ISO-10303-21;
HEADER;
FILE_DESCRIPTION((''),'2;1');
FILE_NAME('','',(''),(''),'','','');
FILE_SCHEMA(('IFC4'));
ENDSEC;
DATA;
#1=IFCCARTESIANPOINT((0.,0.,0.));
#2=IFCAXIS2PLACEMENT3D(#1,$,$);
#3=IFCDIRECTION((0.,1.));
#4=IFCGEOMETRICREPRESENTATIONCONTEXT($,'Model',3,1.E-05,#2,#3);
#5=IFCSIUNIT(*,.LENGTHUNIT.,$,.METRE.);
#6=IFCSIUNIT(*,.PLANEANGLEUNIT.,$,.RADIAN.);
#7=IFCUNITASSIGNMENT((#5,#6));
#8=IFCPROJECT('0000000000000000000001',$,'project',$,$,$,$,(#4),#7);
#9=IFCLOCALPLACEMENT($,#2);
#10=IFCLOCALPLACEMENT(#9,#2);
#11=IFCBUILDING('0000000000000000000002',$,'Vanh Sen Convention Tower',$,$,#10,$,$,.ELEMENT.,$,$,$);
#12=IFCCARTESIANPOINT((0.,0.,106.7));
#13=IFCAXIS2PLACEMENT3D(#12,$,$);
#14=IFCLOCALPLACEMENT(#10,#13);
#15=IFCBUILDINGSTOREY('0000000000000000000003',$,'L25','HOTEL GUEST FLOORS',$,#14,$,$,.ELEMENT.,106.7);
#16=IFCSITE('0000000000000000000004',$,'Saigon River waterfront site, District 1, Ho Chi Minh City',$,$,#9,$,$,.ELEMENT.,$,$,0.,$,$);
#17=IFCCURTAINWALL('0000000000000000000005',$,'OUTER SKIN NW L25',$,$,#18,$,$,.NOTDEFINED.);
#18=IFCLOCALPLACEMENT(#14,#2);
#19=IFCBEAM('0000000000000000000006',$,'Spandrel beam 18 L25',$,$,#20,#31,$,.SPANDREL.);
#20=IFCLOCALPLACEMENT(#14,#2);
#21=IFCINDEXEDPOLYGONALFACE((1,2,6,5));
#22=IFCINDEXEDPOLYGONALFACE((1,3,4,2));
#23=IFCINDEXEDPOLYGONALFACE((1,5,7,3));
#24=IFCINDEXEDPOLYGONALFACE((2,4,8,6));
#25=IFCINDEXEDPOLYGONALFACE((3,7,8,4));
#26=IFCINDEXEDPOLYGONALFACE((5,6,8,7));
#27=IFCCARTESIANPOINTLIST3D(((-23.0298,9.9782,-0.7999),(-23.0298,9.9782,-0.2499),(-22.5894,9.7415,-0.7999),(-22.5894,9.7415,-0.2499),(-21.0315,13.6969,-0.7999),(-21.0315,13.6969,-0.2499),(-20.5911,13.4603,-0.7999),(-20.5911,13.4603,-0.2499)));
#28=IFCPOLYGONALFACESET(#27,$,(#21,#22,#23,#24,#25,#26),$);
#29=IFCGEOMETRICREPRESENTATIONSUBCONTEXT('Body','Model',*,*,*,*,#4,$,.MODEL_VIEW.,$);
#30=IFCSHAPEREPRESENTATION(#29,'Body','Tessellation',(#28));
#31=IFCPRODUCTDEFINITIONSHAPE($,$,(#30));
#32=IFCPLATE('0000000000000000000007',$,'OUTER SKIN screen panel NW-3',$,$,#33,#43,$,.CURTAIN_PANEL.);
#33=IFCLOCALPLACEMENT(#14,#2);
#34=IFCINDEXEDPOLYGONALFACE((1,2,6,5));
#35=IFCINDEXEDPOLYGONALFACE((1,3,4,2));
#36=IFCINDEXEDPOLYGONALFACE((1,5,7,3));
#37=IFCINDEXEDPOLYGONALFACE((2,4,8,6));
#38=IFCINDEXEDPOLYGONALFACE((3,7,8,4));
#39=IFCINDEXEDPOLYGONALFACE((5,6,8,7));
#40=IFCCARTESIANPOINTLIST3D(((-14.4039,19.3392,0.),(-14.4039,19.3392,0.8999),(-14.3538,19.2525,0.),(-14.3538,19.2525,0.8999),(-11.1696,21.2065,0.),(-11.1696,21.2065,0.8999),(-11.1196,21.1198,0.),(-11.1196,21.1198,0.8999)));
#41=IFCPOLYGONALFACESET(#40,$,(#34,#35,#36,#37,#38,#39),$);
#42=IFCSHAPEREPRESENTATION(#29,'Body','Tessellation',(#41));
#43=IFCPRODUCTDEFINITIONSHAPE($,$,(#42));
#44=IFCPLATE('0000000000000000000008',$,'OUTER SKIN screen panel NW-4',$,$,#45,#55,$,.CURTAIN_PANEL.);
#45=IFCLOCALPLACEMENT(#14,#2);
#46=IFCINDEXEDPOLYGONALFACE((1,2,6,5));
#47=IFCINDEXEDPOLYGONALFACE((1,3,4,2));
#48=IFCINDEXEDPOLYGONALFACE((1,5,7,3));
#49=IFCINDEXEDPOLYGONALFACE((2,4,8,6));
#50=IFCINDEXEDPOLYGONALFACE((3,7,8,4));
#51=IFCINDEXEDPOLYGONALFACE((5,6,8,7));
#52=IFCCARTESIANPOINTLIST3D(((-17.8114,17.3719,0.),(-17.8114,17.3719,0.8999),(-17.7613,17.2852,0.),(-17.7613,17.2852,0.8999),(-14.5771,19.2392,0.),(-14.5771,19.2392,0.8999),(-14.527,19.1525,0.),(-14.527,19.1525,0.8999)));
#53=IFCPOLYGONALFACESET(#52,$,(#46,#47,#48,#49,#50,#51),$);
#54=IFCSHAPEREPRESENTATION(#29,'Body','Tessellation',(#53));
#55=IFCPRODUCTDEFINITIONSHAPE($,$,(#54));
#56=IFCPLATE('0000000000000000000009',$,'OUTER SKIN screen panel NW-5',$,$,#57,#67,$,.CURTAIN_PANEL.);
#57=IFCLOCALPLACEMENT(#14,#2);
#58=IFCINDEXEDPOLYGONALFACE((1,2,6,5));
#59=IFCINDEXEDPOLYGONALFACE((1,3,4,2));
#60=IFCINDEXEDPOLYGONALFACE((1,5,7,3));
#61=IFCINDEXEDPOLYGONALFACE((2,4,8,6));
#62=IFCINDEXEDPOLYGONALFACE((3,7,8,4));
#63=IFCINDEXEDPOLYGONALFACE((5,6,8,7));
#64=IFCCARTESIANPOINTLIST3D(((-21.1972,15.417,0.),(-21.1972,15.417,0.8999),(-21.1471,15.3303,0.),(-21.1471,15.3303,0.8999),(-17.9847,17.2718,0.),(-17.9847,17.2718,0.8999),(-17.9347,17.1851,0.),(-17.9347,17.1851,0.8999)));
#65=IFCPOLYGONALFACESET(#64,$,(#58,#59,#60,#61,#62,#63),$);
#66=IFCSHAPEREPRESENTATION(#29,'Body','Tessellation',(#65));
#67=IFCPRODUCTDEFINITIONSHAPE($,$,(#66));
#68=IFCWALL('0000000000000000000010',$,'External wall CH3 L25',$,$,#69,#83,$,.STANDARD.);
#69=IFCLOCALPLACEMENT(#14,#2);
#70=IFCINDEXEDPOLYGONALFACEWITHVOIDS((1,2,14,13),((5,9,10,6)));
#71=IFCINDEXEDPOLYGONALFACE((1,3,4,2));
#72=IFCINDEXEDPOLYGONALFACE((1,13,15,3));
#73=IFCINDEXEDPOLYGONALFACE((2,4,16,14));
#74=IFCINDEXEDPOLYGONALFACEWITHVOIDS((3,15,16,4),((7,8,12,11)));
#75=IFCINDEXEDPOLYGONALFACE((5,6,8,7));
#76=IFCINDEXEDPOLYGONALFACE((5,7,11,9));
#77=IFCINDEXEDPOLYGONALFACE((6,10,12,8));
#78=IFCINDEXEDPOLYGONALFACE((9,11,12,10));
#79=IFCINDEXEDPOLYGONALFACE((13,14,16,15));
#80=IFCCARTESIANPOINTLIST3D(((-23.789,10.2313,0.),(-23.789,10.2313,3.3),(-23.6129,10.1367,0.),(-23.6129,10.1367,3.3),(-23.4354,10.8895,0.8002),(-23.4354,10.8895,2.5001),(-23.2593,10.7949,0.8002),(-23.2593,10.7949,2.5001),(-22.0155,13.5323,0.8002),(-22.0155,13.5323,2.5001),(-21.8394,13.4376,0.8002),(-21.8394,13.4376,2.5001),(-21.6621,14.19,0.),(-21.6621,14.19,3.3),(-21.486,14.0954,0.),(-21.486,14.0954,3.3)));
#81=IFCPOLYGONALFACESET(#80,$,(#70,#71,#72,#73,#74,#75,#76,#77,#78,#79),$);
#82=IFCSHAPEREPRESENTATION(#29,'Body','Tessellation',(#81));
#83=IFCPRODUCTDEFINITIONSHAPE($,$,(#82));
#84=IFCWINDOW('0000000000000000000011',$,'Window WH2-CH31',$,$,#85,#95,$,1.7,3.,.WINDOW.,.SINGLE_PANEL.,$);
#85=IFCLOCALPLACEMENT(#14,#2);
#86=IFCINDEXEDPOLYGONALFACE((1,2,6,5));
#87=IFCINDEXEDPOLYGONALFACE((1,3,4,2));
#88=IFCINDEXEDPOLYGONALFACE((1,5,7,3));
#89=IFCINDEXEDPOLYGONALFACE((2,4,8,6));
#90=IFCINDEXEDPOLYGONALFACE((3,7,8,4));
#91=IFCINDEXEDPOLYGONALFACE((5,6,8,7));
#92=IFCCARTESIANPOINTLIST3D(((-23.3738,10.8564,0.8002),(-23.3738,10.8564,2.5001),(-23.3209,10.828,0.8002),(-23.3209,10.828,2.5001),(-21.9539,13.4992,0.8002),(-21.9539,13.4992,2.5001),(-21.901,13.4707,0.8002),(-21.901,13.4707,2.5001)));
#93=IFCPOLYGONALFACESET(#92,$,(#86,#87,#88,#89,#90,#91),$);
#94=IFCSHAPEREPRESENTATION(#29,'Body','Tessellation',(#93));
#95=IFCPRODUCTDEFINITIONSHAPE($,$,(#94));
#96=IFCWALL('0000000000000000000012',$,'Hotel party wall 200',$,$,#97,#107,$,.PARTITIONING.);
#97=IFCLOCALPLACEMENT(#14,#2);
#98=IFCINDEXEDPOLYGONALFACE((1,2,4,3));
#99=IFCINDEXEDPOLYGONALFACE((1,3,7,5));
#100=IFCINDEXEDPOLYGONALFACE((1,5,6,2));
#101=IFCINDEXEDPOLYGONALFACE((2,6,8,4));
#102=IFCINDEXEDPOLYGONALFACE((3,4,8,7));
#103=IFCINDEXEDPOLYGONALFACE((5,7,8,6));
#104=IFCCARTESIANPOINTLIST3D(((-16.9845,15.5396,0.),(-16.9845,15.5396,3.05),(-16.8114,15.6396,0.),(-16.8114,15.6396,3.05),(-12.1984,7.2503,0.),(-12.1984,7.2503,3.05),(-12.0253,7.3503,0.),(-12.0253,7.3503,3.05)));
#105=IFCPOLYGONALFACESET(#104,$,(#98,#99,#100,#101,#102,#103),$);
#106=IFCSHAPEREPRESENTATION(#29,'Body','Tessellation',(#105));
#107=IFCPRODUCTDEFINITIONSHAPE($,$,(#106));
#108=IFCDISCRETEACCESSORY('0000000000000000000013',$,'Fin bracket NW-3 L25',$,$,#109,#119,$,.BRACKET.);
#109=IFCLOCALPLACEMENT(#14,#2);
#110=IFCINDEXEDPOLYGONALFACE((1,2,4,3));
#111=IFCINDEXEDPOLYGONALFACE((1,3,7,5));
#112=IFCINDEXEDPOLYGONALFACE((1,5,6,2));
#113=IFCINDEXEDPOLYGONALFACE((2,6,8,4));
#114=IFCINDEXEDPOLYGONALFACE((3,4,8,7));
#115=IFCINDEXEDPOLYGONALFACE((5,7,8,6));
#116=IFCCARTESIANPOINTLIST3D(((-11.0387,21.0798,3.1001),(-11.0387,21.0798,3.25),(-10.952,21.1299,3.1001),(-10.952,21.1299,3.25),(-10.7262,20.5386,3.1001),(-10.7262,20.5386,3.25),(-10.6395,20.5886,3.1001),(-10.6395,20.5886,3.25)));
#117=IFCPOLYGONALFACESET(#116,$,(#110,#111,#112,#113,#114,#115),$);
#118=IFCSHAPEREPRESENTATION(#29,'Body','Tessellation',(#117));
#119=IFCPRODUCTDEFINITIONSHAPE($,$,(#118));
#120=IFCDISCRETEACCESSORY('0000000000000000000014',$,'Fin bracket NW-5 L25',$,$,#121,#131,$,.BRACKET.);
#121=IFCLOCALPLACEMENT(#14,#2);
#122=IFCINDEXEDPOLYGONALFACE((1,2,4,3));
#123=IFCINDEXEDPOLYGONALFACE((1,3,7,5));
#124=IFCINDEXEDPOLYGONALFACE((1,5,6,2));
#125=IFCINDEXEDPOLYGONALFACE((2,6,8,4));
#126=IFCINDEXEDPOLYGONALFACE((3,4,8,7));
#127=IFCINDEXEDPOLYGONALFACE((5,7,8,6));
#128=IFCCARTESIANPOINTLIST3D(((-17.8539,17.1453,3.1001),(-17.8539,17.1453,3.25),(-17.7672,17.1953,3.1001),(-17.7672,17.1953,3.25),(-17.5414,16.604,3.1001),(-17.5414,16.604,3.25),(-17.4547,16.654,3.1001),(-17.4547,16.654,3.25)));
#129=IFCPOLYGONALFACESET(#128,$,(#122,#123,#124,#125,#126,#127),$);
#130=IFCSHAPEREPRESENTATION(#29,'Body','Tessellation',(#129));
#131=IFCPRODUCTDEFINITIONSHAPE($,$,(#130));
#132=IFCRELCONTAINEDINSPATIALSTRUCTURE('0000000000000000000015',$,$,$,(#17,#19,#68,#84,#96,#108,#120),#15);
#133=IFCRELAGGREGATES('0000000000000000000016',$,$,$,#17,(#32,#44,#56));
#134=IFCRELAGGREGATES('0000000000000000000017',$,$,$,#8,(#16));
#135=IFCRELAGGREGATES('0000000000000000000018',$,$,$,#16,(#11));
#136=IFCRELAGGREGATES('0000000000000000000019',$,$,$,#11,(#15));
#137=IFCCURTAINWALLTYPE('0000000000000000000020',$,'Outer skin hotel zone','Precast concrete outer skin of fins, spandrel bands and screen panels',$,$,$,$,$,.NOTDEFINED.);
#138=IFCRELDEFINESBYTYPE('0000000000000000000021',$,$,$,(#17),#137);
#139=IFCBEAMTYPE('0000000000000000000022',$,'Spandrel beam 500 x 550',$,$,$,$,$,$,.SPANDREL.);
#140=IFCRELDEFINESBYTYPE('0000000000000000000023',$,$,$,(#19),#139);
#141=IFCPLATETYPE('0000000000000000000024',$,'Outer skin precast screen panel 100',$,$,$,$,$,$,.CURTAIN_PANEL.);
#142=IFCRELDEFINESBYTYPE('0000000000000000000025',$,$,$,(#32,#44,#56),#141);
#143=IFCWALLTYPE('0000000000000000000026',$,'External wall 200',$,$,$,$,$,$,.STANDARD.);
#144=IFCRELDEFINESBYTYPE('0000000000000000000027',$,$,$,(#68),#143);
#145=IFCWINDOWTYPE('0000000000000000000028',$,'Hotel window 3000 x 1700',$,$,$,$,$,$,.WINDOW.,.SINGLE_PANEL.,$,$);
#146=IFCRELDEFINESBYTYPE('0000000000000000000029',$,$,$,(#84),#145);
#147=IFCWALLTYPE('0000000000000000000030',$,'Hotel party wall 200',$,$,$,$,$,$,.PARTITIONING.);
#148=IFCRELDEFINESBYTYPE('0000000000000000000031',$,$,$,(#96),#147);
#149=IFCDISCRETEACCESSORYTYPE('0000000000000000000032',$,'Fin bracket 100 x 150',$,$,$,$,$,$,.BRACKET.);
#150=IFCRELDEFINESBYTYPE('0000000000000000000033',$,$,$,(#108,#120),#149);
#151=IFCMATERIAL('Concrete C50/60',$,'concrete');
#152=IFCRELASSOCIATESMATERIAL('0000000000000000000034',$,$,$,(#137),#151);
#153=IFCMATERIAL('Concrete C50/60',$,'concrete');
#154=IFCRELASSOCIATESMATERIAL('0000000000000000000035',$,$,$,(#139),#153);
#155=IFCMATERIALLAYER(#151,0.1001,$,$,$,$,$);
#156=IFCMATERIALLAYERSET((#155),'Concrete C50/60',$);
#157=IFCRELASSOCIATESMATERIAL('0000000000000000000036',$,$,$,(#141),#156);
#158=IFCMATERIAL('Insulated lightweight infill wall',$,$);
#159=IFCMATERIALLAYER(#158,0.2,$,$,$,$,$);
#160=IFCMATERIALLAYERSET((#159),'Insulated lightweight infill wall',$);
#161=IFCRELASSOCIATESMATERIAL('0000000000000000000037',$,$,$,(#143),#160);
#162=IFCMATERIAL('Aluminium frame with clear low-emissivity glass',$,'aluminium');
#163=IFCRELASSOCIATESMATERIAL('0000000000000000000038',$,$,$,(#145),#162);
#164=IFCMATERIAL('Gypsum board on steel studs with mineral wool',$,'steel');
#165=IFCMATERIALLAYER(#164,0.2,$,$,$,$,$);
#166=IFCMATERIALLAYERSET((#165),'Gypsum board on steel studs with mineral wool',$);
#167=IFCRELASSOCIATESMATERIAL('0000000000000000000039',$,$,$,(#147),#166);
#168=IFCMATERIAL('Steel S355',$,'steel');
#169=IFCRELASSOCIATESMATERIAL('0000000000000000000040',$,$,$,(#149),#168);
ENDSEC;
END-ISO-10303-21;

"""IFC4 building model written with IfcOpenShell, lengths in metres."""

from ifc_helpers import new_model, si_unit, direction, frame, frame_2d, origin, origin_2d, place, context, subcontext, project, spatial, rectangle, extrude, material, layer, layer_set, material_profile, profile_set, type_object, element, fill, aggregate, save


model = new_model("IFC4")

# Units and contexts
model_context = context("Model", 3, precision=1e-05, world=origin(), true_north=direction((0.0, 1.0)))
body_context = subcontext(model_context, "Body", "Model", "MODEL_VIEW")
ifc_project = project(units=[si_unit("LENGTHUNIT", "METRE"), si_unit("PLANEANGLEUNIT", "RADIAN")], contexts=[model_context])

# Site, building, storey
site_placement = place(None, origin())
site = spatial("IfcSite", under=ifc_project, at=site_placement, Name="Saigon River waterfront site, District 1, Ho Chi Minh City", CompositionType="ELEMENT", RefElevation=0.0)
building_placement = place(site_placement, origin())
building = spatial("IfcBuilding", under=site, at=building_placement, Name="Vanh Sen Convention Tower", CompositionType="ELEMENT")
storey_placement = place(building_placement, frame((0.0, 0.0, 106.7)))
storey = spatial("IfcBuildingStorey", under=building, at=storey_placement, Name="L25", Description="HOTEL GUEST FLOORS", CompositionType="ELEMENT", Elevation=106.7)

# Curtain wall
ifc_material_1 = material(Name="Concrete C50/60", Category="concrete")
curtain_wall_type = type_object("IfcCurtainWallType", Name="Outer skin hotel zone", Description="Precast concrete outer skin of fins, spandrel bands and screen panels", PredefinedType="NOTDEFINED", material=ifc_material_1)
curtain_wall_1_placement = place(storey_placement, origin())
curtain_wall_1 = element("IfcCurtainWall", 1, at=curtain_wall_1_placement, inside=storey, type_object=curtain_wall_type, Name="OUTER SKIN NW L25", PredefinedType="NOTDEFINED")

# Beam
ifc_material_2 = material(Name="Concrete C50/60", Category="concrete")
ifc_material_profile_1 = material_profile(ifc_material_2, rectangle(XDim=0.5, YDim=0.55, at=origin_2d()), Name="RC 500X550")
ifc_profile_set_1 = profile_set([ifc_material_profile_1], Name="Concrete C50/60")
beam_type_1 = type_object("IfcBeamType", Name="Spandrel beam 500 x 550", PredefinedType="SPANDREL", material=ifc_profile_set_1)
beam_1_placement = place(storey_placement, frame((-20.8113, 13.5786, -0.5249), z_axis=(-0.473344, -0.880877, 0.0), x_axis=(0.880877, -0.473344, 0.0)))
element("IfcBeam", 2, at=beam_1_placement, inside=storey, type_object=beam_type_1, Name="Spandrel beam 18 L25", PredefinedType="SPANDREL", context=body_context, shape_type="SweptSolid", body=[
    extrude(rectangle(XDim=0.5, YDim=0.55, at=origin_2d()), origin(), (0.0, 0.0, 1.0), 4.2217),
])

# Plates
ifc_layer_1 = layer(ifc_material_1, 0.1001)
ifc_layer_set_1 = layer_set([ifc_layer_1], Name="Concrete C50/60")
plate_type = type_object("IfcPlateType", Name="Outer skin precast screen panel 100", PredefinedType="CURTAIN_PANEL", material=ifc_layer_set_1)
plate_1_placement = place(storey_placement, frame((-12.7617, 20.2295, 0.0), z_axis=(0.0, 0.0, 1.0), x_axis=(-0.866028, -0.499995, 0.0)))
plate_1 = element("IfcPlate", 3, at=plate_1_placement, type_object=plate_type, Name="OUTER SKIN screen panel NW-3", PredefinedType="CURTAIN_PANEL", context=body_context, shape_type="SweptSolid", body=[
    extrude(rectangle(XDim=3.7346, YDim=0.1001, at=origin_2d()), origin(), (0.0, 0.0, 1.0), 0.8999),
])
plate_2_placement = place(storey_placement, frame((-16.1692, 18.2622, 0.0), z_axis=(0.0, 0.0, 1.0), x_axis=(-0.866028, -0.499995, 0.0)))
plate_2 = element("IfcPlate", 4, at=plate_2_placement, type_object=plate_type, Name="OUTER SKIN screen panel NW-4", PredefinedType="CURTAIN_PANEL", context=body_context, shape_type="SweptSolid", body=[
    extrude(rectangle(XDim=3.7346, YDim=0.1001, at=origin_2d()), origin(), (0.0, 0.0, 1.0), 0.8999),
])
plate_3_placement = place(storey_placement, frame((-19.5659, 16.301, 0.0), z_axis=(0.0, 0.0, 1.0), x_axis=(-0.866021, -0.500008, 0.0)))
plate_3 = element("IfcPlate", 5, at=plate_3_placement, type_object=plate_type, Name="OUTER SKIN screen panel NW-5", PredefinedType="CURTAIN_PANEL", context=body_context, shape_type="SweptSolid", body=[
    extrude(rectangle(XDim=3.7095, YDim=0.1001, at=origin_2d()), origin(), (0.0, 0.0, 1.0), 0.8999),
])
aggregate(curtain_wall_1, [plate_1, plate_2, plate_3])

# Wall, opening, window
ifc_material_3 = material(Name="Insulated lightweight infill wall")
ifc_layer_2 = layer(ifc_material_3, 0.2)
ifc_layer_set_2 = layer_set([ifc_layer_2], Name="Insulated lightweight infill wall")
wall_type_1 = type_object("IfcWallType", Name="External wall 200", PredefinedType="STANDARD", material=ifc_layer_set_2)
wall_1_placement = place(storey_placement, frame((-21.574, 14.1428, 0.0), z_axis=(0.0, 0.0, 1.0), x_axis=(-0.473293, -0.880905, 0.0)))
wall_1 = element("IfcWall", 6, at=wall_1_placement, inside=storey, type_object=wall_type_1, Name="External wall CH3 L25", PredefinedType="STANDARD", context=body_context, shape_type="SweptSolid", body=[
    extrude(rectangle(XDim=4.4939, YDim=0.2, at=frame_2d((2.2471, 0.0))), origin(), (0.0, 0.0, 1.0), 3.3),
])
opening_placement = place(wall_1_placement, frame((0.7468, 0.0, 0.8)))
opening = element("IfcOpeningElement", 7, at=opening_placement, cuts=wall_1, PredefinedType="OPENING", context=body_context, shape_type="SweptSolid", body=[
    extrude(rectangle(XDim=3.0, YDim=1.7, at=frame_2d((1.5, 0.8501))), frame((0.0, 0.1099, 0.0), z_axis=(0.0, -1.0, 0.0), x_axis=(1.0, 0.0, 0.0)), (0.0, 0.0, 1.0), 0.22),
])
ifc_material_4 = material(Name="Aluminium frame with clear low-emissivity glass", Category="aluminium")
window_type = type_object("IfcWindowType", Name="Hotel window 3000 x 1700", PartitioningType="SINGLE_PANEL", PredefinedType="WINDOW", material=ifc_material_4)
window_placement = place(opening_placement, origin())
window = element("IfcWindow", 8, at=window_placement, inside=storey, type_object=window_type, Name="Window WH2-CH31", OverallHeight=1.7, OverallWidth=3.0, PartitioningType="SINGLE_PANEL", PredefinedType="WINDOW", context=body_context, shape_type="SweptSolid", body=[
    extrude(rectangle(XDim=3.0, YDim=1.7, at=frame_2d((1.5, 0.8501))), frame((0.0, 0.03, 0.0), z_axis=(0.0, -1.0, 0.0), x_axis=(1.0, 0.0, 0.0)), (0.0, 0.0, 1.0), 0.0601),
])
fill(opening, window)

# Wall
ifc_material_5 = material(Name="Gypsum board on steel studs with mineral wool", Category="steel")
ifc_layer_3 = layer(ifc_material_5, 0.2)
ifc_layer_set_3 = layer_set([ifc_layer_3], Name="Gypsum board on steel studs with mineral wool")
wall_type_2 = type_object("IfcWallType", Name="Hotel party wall 200", PredefinedType="PARTITIONING", material=ifc_layer_set_3)
wall_2_placement = place(storey_placement, frame((-16.8979, 15.5896, 0.0), z_axis=(0.0, 0.0, 1.0), x_axis=(0.500023, -0.866012, 0.0)))
element("IfcWall", 9, at=wall_2_placement, inside=storey, type_object=wall_type_2, Name="Hotel party wall 200", PredefinedType="PARTITIONING", context=body_context, shape_type="SweptSolid", body=[
    extrude(rectangle(XDim=9.5718, YDim=0.2, at=frame_2d((4.7859, 0.0))), origin(), (0.0, 0.0, 1.0), 3.05),
])

# Discrete accessories
ifc_material_6 = material(Name="Steel S355", Category="steel")
discrete_accessory_type = type_object("IfcDiscreteAccessoryType", Name="Fin bracket 100 x 150", PredefinedType="BRACKET", material=ifc_material_6)
for number, where, z_axis, x_axis, name in (
    (10, (-10.8391, 20.8342, 3.1001), (0.0, 0.0, 1.0), (-0.5, 0.866025, 0.0), "Fin bracket NW-3 L25"),
    (11, (-17.6543, 16.8997, 3.1001), (0.0, 0.0, 1.0), (-0.5, 0.866025, 0.0), "Fin bracket NW-5 L25"),
):
    element("IfcDiscreteAccessory", number, at=place(storey_placement, frame(where, z_axis=z_axis, x_axis=x_axis)), inside=storey, type_object=discrete_accessory_type, Name=name, PredefinedType="BRACKET", context=body_context, shape_type="SweptSolid", body=[
        extrude(rectangle(XDim=0.625, YDim=0.1001, at=origin_2d()), origin(), (0.0, 0.0, 1.0), 0.1499),
    ])

save(model, "model.ifc")
